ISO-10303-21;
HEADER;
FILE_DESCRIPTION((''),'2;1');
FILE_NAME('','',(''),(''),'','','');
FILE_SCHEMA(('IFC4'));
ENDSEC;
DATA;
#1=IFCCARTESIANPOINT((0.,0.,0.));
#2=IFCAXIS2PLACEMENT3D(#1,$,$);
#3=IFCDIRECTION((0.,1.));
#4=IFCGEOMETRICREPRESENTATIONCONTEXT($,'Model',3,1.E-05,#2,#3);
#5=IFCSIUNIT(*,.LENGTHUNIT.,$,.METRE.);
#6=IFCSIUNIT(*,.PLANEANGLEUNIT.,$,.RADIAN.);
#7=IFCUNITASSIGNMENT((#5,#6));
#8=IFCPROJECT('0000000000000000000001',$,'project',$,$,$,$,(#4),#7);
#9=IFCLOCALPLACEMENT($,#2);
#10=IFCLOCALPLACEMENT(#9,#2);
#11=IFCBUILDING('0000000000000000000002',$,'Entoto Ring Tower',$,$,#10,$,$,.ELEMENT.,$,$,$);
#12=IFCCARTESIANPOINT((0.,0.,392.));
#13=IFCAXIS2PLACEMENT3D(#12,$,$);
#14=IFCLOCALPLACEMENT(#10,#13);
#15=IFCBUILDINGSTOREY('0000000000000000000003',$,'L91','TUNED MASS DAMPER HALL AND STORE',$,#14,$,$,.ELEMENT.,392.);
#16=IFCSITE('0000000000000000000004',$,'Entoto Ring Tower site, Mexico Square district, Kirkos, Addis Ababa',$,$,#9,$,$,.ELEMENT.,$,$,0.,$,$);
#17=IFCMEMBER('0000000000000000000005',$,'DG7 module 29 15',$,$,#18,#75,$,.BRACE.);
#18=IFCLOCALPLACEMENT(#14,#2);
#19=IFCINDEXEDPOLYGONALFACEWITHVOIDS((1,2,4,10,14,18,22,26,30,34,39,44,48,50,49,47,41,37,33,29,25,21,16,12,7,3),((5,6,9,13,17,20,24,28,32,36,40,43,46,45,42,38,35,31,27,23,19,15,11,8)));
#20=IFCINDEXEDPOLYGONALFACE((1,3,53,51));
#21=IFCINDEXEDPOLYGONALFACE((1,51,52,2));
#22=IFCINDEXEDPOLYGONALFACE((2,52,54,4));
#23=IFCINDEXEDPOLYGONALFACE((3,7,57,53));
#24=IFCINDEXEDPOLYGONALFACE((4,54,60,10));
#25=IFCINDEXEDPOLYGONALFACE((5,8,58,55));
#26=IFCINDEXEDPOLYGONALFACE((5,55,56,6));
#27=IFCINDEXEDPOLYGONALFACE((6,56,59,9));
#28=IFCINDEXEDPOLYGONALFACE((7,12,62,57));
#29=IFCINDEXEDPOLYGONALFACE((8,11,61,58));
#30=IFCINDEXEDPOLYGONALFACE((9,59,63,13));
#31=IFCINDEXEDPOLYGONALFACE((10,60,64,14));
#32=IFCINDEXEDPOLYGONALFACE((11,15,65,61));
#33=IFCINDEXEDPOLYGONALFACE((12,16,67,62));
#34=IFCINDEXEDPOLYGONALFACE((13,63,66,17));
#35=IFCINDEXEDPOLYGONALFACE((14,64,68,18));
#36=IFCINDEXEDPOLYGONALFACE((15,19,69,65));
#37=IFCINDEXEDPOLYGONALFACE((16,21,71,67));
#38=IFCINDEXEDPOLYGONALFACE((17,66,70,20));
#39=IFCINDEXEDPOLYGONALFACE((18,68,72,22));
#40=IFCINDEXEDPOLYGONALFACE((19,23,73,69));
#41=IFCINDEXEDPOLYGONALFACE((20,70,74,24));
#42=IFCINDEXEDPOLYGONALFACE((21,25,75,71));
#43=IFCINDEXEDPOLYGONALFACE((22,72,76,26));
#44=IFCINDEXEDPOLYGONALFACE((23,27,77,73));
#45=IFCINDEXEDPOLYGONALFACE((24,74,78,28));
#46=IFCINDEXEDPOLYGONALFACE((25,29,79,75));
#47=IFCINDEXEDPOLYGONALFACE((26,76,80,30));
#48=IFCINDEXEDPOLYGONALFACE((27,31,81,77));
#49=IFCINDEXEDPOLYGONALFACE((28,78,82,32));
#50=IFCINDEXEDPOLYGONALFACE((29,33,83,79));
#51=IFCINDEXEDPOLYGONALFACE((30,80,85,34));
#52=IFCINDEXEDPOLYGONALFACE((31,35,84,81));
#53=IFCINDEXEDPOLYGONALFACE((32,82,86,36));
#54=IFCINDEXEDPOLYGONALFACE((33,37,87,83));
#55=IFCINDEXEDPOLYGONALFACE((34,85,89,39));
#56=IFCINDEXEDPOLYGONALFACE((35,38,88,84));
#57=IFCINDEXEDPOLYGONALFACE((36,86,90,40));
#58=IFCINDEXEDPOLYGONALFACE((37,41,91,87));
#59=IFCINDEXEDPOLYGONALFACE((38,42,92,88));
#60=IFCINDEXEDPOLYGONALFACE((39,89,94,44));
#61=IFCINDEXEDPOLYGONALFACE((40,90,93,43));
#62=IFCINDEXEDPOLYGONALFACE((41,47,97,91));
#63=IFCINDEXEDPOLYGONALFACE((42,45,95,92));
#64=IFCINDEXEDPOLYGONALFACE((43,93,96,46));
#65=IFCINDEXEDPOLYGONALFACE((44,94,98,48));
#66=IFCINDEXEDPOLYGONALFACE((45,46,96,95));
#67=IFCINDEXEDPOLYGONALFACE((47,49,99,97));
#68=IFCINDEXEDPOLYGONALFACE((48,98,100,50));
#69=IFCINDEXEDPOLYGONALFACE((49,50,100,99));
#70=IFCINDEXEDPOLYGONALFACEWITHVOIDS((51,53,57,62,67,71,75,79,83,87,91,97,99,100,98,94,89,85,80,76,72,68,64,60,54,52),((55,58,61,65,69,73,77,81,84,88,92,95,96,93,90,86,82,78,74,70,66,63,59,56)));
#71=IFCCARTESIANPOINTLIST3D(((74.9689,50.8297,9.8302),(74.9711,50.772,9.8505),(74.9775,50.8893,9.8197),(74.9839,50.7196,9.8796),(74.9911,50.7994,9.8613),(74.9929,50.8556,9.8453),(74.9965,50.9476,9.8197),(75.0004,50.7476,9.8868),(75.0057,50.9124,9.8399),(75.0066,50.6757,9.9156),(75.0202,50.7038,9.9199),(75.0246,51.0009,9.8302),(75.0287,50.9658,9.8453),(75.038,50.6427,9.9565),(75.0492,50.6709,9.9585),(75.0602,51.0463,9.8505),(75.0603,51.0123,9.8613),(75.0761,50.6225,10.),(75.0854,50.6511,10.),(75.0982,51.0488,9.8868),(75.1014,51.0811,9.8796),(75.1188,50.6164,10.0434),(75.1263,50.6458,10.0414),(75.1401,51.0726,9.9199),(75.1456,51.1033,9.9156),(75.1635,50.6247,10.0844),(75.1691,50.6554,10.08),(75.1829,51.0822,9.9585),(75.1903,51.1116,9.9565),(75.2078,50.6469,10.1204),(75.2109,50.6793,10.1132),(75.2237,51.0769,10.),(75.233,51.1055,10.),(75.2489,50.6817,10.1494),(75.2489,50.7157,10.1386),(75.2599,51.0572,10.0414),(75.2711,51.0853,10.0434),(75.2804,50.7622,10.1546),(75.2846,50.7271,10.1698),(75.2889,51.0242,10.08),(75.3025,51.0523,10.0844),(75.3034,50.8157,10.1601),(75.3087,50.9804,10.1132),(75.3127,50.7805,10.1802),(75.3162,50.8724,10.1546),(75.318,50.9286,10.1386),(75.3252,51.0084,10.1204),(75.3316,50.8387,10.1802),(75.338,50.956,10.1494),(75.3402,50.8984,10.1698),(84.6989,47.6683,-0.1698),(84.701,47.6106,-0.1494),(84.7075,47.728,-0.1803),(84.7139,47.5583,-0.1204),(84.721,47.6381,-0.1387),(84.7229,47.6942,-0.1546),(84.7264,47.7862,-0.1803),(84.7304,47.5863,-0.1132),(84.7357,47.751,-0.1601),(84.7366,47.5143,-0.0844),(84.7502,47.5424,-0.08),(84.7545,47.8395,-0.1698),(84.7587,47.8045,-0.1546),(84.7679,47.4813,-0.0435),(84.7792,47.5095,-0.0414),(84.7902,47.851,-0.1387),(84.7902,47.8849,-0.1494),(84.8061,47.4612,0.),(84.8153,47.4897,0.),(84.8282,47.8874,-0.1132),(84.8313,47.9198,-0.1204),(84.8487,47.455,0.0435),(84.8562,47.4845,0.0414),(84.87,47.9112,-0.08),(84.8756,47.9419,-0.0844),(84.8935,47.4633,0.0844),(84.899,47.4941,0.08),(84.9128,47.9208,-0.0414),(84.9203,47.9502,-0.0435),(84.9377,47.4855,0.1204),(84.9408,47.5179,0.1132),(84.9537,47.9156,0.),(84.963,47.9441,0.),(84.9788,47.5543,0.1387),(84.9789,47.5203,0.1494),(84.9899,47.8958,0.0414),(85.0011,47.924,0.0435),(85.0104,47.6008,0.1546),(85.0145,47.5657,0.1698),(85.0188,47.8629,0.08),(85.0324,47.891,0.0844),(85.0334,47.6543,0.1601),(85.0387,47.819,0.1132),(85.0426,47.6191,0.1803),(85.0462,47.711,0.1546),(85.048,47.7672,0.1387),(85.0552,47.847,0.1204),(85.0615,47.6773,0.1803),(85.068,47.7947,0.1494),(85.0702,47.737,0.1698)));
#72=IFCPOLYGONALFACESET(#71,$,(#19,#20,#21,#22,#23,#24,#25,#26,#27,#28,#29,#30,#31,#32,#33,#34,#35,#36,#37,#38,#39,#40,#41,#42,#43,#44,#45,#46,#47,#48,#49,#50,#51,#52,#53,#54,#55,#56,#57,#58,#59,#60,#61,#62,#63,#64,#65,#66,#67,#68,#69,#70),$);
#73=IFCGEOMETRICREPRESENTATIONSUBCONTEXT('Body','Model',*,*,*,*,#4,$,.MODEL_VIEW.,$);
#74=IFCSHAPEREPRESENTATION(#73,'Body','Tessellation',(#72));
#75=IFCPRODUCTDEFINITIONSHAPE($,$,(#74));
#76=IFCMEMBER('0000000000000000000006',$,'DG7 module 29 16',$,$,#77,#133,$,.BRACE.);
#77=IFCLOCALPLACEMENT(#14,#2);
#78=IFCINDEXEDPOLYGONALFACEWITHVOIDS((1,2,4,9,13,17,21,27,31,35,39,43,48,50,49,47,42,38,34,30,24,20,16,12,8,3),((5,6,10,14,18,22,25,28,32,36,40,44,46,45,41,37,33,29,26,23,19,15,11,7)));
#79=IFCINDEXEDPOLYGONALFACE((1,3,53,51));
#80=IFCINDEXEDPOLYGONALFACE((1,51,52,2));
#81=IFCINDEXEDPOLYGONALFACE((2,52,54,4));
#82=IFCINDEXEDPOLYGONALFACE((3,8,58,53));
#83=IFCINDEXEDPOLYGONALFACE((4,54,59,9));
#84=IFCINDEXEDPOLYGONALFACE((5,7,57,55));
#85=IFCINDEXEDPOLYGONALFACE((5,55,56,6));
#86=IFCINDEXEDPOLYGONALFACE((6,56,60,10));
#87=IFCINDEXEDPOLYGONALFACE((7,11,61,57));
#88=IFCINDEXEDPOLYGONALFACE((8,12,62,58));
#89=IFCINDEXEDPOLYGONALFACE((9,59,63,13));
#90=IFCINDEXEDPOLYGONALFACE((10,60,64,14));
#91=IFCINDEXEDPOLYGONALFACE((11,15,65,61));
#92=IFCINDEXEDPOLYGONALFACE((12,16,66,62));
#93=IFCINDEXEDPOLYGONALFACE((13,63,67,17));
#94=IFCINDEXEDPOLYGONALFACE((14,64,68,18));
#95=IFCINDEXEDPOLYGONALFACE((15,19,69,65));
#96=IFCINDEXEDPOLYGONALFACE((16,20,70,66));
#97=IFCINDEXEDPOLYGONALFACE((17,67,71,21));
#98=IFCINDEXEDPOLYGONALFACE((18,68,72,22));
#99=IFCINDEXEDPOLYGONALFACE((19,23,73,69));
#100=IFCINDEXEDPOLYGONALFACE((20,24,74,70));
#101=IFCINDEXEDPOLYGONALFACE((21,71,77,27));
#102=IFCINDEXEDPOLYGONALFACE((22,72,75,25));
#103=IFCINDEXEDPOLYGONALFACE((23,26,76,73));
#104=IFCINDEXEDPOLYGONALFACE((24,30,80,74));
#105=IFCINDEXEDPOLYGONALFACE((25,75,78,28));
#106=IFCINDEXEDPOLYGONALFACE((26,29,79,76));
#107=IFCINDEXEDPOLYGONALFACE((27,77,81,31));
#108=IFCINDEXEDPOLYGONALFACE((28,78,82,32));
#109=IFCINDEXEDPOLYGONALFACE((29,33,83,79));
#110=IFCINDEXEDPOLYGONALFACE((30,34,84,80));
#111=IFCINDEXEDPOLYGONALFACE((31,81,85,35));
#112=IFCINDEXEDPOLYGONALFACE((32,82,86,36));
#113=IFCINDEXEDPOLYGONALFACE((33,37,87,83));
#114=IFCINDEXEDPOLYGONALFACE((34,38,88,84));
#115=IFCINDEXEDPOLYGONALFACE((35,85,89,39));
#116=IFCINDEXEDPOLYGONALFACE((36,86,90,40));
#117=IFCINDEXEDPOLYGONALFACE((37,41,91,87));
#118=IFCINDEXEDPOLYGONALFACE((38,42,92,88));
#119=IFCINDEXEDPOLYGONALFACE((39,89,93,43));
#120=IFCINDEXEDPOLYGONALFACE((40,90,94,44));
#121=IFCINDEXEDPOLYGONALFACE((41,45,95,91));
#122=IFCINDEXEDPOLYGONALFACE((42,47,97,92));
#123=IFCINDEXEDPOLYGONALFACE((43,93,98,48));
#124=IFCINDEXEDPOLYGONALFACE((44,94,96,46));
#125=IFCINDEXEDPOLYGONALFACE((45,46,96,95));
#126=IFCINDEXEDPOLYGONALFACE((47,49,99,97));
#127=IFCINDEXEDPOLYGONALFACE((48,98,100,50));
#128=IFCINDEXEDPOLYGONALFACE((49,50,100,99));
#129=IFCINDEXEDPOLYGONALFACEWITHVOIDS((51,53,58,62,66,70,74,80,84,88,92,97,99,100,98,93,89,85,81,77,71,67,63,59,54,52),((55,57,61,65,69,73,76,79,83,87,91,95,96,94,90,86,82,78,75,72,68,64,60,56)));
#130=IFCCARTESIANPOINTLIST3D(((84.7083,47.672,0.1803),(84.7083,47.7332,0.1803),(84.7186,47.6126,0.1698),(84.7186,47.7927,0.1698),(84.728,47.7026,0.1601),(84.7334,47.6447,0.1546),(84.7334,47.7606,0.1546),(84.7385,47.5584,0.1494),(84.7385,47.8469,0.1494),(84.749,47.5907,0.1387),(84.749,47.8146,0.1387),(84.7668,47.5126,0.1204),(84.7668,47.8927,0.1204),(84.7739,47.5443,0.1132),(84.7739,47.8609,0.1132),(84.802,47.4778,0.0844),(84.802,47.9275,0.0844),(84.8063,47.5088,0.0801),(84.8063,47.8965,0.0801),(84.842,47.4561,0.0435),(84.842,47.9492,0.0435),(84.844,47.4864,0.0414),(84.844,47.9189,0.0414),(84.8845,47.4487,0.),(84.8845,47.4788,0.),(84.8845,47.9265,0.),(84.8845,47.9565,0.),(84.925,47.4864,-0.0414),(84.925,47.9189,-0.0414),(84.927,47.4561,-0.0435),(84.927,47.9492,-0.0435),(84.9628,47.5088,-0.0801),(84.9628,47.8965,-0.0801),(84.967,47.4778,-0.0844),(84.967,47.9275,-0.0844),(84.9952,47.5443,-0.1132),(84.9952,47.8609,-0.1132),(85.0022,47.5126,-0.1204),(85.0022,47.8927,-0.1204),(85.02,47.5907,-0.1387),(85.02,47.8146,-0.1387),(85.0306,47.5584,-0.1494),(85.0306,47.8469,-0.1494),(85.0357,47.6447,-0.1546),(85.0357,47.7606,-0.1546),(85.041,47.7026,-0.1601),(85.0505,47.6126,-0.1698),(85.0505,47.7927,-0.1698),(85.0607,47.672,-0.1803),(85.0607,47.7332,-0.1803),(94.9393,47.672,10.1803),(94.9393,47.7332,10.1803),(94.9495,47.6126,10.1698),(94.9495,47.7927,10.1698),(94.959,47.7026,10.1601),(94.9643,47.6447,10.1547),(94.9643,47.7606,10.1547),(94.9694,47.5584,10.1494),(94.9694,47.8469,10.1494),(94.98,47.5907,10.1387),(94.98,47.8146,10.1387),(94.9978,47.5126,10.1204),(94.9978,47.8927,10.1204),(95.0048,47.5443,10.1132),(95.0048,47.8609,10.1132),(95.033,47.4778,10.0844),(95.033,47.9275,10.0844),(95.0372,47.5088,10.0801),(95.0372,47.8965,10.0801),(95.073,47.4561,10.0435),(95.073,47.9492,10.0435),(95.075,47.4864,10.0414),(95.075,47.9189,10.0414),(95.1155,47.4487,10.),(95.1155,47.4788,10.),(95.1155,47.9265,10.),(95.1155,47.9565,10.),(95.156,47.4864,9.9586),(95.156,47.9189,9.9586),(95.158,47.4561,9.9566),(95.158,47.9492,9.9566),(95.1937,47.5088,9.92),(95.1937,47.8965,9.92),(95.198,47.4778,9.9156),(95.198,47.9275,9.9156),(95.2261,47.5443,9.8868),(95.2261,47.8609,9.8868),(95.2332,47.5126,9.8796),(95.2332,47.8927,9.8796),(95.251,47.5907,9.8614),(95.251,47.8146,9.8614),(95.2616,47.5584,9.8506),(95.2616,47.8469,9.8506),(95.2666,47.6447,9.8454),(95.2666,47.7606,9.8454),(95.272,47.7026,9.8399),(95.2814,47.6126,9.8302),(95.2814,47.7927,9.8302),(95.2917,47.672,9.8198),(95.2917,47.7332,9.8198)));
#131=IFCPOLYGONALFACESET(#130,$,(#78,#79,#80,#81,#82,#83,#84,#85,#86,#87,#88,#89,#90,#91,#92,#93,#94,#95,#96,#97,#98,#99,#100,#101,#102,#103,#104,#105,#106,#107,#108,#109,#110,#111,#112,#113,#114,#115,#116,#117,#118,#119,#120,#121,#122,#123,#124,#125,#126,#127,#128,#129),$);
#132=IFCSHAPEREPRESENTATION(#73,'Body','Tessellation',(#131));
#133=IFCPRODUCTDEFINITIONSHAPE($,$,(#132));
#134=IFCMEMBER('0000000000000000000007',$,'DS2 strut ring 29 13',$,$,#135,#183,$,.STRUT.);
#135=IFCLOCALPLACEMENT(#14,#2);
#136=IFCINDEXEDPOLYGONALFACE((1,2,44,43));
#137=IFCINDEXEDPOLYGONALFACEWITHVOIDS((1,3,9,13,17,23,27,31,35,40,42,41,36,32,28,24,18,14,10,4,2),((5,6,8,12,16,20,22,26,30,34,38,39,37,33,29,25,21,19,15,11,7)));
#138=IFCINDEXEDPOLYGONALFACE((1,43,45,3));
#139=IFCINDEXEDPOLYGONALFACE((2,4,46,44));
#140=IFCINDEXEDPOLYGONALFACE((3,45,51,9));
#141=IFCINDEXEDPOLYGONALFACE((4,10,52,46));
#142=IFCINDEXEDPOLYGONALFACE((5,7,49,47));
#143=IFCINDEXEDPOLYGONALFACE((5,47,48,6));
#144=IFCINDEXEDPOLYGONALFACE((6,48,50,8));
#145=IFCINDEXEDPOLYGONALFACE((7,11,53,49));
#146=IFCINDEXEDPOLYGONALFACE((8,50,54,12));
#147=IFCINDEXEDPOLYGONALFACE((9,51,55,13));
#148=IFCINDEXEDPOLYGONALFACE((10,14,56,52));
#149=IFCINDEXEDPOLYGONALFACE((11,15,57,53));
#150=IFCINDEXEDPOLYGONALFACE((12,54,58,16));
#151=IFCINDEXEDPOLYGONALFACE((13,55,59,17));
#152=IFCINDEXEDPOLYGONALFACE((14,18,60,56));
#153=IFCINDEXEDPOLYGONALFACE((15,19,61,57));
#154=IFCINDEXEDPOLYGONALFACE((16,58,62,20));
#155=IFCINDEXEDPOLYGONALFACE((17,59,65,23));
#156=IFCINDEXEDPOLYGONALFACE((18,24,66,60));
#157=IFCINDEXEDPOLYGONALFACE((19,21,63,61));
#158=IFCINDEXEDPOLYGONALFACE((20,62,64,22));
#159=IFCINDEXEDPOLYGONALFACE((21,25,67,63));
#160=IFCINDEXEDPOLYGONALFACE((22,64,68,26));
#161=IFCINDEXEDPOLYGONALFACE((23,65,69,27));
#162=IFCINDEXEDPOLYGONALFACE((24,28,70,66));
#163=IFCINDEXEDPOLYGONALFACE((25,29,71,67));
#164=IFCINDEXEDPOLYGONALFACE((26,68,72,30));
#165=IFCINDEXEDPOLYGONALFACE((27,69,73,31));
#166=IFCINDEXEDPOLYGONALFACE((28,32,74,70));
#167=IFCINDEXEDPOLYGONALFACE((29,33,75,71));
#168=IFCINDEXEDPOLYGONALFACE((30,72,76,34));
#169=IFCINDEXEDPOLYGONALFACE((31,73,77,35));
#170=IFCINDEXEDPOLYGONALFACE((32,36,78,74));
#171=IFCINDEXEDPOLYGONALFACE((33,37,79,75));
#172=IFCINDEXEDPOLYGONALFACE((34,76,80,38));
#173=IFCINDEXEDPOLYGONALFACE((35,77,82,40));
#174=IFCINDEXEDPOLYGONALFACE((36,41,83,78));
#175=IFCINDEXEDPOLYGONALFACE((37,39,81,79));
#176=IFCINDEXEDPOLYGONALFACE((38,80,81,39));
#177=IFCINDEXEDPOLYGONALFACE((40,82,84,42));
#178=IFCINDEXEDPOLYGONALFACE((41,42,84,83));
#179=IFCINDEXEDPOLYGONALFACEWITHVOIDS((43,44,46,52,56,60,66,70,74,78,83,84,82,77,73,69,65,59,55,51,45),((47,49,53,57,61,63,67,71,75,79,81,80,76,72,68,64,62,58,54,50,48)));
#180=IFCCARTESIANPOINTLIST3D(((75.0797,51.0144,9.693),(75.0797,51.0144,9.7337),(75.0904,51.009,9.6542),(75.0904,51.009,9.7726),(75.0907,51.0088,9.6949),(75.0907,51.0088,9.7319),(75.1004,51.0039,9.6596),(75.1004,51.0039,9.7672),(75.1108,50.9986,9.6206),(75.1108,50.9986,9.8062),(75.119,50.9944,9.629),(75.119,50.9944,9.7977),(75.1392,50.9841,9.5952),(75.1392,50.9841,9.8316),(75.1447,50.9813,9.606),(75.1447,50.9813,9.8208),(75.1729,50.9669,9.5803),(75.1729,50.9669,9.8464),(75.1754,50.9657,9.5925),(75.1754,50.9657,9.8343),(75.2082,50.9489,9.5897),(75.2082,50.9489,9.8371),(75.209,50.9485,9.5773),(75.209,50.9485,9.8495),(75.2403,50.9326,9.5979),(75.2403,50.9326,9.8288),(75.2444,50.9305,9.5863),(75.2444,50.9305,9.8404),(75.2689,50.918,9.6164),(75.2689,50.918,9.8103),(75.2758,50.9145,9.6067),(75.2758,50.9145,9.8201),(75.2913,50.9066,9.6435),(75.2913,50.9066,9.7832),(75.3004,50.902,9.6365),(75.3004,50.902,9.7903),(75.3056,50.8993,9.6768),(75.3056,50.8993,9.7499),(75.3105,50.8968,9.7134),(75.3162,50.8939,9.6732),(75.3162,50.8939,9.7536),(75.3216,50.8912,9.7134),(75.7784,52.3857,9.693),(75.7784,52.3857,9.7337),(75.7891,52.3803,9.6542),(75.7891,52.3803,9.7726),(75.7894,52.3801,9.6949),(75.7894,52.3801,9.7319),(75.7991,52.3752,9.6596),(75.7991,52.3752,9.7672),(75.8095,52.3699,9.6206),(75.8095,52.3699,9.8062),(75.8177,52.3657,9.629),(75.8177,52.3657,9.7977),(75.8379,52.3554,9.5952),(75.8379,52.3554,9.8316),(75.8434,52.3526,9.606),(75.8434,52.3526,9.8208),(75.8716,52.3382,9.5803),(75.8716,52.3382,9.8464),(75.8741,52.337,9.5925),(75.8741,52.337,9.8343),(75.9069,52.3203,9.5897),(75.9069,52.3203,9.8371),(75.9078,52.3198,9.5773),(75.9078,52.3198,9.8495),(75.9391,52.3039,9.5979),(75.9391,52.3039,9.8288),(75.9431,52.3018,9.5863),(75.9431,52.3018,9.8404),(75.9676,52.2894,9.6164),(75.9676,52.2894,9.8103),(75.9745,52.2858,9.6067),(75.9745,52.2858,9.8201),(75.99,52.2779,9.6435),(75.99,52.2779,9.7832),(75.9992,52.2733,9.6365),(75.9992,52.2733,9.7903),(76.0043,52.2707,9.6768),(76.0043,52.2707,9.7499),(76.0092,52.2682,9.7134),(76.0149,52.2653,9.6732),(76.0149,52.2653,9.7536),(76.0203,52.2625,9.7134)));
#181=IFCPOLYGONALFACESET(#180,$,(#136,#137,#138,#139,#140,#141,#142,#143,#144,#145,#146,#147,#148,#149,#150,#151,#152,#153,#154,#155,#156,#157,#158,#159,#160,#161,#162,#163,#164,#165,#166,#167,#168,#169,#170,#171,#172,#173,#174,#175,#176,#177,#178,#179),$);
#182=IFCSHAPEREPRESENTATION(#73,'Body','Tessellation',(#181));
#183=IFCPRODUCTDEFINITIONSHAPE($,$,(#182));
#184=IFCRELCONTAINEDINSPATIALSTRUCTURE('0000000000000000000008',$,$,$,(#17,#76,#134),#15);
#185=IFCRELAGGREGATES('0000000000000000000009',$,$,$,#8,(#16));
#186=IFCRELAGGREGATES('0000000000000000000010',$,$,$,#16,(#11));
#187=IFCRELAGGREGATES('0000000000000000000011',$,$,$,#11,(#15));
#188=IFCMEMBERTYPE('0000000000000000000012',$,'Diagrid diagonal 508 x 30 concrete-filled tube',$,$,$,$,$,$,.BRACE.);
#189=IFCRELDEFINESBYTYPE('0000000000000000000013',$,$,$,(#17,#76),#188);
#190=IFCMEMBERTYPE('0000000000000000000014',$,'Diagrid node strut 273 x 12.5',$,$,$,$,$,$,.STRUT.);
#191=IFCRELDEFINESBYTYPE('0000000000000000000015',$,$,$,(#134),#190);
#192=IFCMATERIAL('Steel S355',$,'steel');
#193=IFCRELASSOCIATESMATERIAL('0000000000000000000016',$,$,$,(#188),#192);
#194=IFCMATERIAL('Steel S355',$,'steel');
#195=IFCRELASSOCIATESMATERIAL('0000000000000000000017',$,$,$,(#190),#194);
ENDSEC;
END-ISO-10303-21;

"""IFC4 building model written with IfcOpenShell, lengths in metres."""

from ifc_helpers import new_model, si_unit, direction, frame, origin, origin_2d, place, context, subcontext, project, spatial, circle, hollow_circle, extrude, material, material_profile, profile_set, type_object, element, save


model = new_model("IFC4")

# Units and contexts
model_context = context("Model", 3, precision=1e-05, world=origin(), true_north=direction((0.0, 1.0)))
body_context = subcontext(model_context, "Body", "Model", "MODEL_VIEW")
ifc_project = project(units=[si_unit("LENGTHUNIT", "METRE"), si_unit("PLANEANGLEUNIT", "RADIAN")], contexts=[model_context])

# Site, building, storey
site_placement = place(None, origin())
site = spatial("IfcSite", under=ifc_project, at=site_placement, Name="Entoto Ring Tower site, Mexico Square district, Kirkos, Addis Ababa", CompositionType="ELEMENT", RefElevation=0.0)
building_placement = place(site_placement, origin())
building = spatial("IfcBuilding", under=site, at=building_placement, Name="Entoto Ring Tower", CompositionType="ELEMENT")
storey_placement = place(building_placement, frame((0.0, 0.0, 392.0)))
storey = spatial("IfcBuildingStorey", under=building, at=storey_placement, Name="L91", Description="TUNED MASS DAMPER HALL AND STORE", CompositionType="ELEMENT", Elevation=392.0)

# Members
ifc_material_1 = material(Name="Steel S355", Category="steel")
ifc_material_profile_1 = material_profile(ifc_material_1, hollow_circle(Radius=0.2539, WallThickness=0.03, at=origin_2d()), Name="CHS 508 x 30")
ifc_material_2 = material(Name="Concrete C60/75", Category="concrete")
ifc_material_profile_2 = material_profile(ifc_material_2, circle(Radius=0.2241, at=origin_2d()), Name="Concrete C60/75 infill")
ifc_profile_set_1 = profile_set([ifc_material_profile_1, ifc_material_profile_2], Name="Steel S355")
member_type_1 = type_object("IfcMemberType", Name="Diagrid diagonal 508 x 30 concrete-filled tube", PredefinedType="BRACE", material=ifc_profile_set_1)
member_1_placement = place(storey_placement, frame((84.8845, 47.7026, 0.0), z_axis=(-0.680124, 0.22098, 0.698999), x_axis=(-0.309009, -0.951059, 0.0)))
element("IfcMember", 1, at=member_1_placement, inside=storey, type_object=member_type_1, Name="DG7 module 29 15", PredefinedType="BRACE", context=body_context, shape_type="SweptSolid", body=[
    extrude(hollow_circle(Radius=0.2539, WallThickness=0.03, at=origin_2d()), origin(), (0.0, 0.0, 1.0), 14.3062),
])
member_2_placement = place(storey_placement, frame((84.8845, 47.7026, 0.0), z_axis=(0.715133, 0.0, 0.698989), x_axis=(0.0, 1.0, 0.0)))
element("IfcMember", 2, at=member_2_placement, inside=storey, type_object=member_type_1, Name="DG7 module 29 16", PredefinedType="BRACE", context=body_context, shape_type="SweptSolid", body=[
    extrude(hollow_circle(Radius=0.2539, WallThickness=0.03, at=origin_2d()), origin(), (0.0, 0.0, 1.0), 14.3064),
])
ifc_material_3 = material(Name="Steel S355", Category="steel")
ifc_material_profile_3 = material_profile(ifc_material_3, hollow_circle(Radius=0.1365, WallThickness=0.0125, at=origin_2d()), Name="CHS 273 x 12.5")
ifc_material_4 = material(Name="Concrete C60/75", Category="concrete")
ifc_material_profile_4 = material_profile(ifc_material_4, circle(Radius=0.124, at=origin_2d()), Name="Concrete C60/75 infill")
ifc_profile_set_2 = profile_set([ifc_material_profile_3, ifc_material_profile_4], Name="Steel S355")
member_type_2 = type_object("IfcMemberType", Name="Diagrid node strut 273 x 12.5", PredefinedType="STRUT", material=ifc_profile_set_2)
member_3_placement = place(storey_placement, frame((75.8987, 52.3245, 9.7134), z_axis=(-0.45399, -0.891007, 0.0), x_axis=(0.891007, -0.45399, 0.0)))
element("IfcMember", 3, at=member_3_placement, inside=storey, type_object=member_type_2, Name="DS2 strut ring 29 13", PredefinedType="STRUT", context=body_context, shape_type="SweptSolid", body=[
    extrude(hollow_circle(Radius=0.1365, WallThickness=0.0125, at=origin_2d()), origin(), (0.0, 0.0, 1.0), 1.5391),
])

save(model, "model.ifc")
